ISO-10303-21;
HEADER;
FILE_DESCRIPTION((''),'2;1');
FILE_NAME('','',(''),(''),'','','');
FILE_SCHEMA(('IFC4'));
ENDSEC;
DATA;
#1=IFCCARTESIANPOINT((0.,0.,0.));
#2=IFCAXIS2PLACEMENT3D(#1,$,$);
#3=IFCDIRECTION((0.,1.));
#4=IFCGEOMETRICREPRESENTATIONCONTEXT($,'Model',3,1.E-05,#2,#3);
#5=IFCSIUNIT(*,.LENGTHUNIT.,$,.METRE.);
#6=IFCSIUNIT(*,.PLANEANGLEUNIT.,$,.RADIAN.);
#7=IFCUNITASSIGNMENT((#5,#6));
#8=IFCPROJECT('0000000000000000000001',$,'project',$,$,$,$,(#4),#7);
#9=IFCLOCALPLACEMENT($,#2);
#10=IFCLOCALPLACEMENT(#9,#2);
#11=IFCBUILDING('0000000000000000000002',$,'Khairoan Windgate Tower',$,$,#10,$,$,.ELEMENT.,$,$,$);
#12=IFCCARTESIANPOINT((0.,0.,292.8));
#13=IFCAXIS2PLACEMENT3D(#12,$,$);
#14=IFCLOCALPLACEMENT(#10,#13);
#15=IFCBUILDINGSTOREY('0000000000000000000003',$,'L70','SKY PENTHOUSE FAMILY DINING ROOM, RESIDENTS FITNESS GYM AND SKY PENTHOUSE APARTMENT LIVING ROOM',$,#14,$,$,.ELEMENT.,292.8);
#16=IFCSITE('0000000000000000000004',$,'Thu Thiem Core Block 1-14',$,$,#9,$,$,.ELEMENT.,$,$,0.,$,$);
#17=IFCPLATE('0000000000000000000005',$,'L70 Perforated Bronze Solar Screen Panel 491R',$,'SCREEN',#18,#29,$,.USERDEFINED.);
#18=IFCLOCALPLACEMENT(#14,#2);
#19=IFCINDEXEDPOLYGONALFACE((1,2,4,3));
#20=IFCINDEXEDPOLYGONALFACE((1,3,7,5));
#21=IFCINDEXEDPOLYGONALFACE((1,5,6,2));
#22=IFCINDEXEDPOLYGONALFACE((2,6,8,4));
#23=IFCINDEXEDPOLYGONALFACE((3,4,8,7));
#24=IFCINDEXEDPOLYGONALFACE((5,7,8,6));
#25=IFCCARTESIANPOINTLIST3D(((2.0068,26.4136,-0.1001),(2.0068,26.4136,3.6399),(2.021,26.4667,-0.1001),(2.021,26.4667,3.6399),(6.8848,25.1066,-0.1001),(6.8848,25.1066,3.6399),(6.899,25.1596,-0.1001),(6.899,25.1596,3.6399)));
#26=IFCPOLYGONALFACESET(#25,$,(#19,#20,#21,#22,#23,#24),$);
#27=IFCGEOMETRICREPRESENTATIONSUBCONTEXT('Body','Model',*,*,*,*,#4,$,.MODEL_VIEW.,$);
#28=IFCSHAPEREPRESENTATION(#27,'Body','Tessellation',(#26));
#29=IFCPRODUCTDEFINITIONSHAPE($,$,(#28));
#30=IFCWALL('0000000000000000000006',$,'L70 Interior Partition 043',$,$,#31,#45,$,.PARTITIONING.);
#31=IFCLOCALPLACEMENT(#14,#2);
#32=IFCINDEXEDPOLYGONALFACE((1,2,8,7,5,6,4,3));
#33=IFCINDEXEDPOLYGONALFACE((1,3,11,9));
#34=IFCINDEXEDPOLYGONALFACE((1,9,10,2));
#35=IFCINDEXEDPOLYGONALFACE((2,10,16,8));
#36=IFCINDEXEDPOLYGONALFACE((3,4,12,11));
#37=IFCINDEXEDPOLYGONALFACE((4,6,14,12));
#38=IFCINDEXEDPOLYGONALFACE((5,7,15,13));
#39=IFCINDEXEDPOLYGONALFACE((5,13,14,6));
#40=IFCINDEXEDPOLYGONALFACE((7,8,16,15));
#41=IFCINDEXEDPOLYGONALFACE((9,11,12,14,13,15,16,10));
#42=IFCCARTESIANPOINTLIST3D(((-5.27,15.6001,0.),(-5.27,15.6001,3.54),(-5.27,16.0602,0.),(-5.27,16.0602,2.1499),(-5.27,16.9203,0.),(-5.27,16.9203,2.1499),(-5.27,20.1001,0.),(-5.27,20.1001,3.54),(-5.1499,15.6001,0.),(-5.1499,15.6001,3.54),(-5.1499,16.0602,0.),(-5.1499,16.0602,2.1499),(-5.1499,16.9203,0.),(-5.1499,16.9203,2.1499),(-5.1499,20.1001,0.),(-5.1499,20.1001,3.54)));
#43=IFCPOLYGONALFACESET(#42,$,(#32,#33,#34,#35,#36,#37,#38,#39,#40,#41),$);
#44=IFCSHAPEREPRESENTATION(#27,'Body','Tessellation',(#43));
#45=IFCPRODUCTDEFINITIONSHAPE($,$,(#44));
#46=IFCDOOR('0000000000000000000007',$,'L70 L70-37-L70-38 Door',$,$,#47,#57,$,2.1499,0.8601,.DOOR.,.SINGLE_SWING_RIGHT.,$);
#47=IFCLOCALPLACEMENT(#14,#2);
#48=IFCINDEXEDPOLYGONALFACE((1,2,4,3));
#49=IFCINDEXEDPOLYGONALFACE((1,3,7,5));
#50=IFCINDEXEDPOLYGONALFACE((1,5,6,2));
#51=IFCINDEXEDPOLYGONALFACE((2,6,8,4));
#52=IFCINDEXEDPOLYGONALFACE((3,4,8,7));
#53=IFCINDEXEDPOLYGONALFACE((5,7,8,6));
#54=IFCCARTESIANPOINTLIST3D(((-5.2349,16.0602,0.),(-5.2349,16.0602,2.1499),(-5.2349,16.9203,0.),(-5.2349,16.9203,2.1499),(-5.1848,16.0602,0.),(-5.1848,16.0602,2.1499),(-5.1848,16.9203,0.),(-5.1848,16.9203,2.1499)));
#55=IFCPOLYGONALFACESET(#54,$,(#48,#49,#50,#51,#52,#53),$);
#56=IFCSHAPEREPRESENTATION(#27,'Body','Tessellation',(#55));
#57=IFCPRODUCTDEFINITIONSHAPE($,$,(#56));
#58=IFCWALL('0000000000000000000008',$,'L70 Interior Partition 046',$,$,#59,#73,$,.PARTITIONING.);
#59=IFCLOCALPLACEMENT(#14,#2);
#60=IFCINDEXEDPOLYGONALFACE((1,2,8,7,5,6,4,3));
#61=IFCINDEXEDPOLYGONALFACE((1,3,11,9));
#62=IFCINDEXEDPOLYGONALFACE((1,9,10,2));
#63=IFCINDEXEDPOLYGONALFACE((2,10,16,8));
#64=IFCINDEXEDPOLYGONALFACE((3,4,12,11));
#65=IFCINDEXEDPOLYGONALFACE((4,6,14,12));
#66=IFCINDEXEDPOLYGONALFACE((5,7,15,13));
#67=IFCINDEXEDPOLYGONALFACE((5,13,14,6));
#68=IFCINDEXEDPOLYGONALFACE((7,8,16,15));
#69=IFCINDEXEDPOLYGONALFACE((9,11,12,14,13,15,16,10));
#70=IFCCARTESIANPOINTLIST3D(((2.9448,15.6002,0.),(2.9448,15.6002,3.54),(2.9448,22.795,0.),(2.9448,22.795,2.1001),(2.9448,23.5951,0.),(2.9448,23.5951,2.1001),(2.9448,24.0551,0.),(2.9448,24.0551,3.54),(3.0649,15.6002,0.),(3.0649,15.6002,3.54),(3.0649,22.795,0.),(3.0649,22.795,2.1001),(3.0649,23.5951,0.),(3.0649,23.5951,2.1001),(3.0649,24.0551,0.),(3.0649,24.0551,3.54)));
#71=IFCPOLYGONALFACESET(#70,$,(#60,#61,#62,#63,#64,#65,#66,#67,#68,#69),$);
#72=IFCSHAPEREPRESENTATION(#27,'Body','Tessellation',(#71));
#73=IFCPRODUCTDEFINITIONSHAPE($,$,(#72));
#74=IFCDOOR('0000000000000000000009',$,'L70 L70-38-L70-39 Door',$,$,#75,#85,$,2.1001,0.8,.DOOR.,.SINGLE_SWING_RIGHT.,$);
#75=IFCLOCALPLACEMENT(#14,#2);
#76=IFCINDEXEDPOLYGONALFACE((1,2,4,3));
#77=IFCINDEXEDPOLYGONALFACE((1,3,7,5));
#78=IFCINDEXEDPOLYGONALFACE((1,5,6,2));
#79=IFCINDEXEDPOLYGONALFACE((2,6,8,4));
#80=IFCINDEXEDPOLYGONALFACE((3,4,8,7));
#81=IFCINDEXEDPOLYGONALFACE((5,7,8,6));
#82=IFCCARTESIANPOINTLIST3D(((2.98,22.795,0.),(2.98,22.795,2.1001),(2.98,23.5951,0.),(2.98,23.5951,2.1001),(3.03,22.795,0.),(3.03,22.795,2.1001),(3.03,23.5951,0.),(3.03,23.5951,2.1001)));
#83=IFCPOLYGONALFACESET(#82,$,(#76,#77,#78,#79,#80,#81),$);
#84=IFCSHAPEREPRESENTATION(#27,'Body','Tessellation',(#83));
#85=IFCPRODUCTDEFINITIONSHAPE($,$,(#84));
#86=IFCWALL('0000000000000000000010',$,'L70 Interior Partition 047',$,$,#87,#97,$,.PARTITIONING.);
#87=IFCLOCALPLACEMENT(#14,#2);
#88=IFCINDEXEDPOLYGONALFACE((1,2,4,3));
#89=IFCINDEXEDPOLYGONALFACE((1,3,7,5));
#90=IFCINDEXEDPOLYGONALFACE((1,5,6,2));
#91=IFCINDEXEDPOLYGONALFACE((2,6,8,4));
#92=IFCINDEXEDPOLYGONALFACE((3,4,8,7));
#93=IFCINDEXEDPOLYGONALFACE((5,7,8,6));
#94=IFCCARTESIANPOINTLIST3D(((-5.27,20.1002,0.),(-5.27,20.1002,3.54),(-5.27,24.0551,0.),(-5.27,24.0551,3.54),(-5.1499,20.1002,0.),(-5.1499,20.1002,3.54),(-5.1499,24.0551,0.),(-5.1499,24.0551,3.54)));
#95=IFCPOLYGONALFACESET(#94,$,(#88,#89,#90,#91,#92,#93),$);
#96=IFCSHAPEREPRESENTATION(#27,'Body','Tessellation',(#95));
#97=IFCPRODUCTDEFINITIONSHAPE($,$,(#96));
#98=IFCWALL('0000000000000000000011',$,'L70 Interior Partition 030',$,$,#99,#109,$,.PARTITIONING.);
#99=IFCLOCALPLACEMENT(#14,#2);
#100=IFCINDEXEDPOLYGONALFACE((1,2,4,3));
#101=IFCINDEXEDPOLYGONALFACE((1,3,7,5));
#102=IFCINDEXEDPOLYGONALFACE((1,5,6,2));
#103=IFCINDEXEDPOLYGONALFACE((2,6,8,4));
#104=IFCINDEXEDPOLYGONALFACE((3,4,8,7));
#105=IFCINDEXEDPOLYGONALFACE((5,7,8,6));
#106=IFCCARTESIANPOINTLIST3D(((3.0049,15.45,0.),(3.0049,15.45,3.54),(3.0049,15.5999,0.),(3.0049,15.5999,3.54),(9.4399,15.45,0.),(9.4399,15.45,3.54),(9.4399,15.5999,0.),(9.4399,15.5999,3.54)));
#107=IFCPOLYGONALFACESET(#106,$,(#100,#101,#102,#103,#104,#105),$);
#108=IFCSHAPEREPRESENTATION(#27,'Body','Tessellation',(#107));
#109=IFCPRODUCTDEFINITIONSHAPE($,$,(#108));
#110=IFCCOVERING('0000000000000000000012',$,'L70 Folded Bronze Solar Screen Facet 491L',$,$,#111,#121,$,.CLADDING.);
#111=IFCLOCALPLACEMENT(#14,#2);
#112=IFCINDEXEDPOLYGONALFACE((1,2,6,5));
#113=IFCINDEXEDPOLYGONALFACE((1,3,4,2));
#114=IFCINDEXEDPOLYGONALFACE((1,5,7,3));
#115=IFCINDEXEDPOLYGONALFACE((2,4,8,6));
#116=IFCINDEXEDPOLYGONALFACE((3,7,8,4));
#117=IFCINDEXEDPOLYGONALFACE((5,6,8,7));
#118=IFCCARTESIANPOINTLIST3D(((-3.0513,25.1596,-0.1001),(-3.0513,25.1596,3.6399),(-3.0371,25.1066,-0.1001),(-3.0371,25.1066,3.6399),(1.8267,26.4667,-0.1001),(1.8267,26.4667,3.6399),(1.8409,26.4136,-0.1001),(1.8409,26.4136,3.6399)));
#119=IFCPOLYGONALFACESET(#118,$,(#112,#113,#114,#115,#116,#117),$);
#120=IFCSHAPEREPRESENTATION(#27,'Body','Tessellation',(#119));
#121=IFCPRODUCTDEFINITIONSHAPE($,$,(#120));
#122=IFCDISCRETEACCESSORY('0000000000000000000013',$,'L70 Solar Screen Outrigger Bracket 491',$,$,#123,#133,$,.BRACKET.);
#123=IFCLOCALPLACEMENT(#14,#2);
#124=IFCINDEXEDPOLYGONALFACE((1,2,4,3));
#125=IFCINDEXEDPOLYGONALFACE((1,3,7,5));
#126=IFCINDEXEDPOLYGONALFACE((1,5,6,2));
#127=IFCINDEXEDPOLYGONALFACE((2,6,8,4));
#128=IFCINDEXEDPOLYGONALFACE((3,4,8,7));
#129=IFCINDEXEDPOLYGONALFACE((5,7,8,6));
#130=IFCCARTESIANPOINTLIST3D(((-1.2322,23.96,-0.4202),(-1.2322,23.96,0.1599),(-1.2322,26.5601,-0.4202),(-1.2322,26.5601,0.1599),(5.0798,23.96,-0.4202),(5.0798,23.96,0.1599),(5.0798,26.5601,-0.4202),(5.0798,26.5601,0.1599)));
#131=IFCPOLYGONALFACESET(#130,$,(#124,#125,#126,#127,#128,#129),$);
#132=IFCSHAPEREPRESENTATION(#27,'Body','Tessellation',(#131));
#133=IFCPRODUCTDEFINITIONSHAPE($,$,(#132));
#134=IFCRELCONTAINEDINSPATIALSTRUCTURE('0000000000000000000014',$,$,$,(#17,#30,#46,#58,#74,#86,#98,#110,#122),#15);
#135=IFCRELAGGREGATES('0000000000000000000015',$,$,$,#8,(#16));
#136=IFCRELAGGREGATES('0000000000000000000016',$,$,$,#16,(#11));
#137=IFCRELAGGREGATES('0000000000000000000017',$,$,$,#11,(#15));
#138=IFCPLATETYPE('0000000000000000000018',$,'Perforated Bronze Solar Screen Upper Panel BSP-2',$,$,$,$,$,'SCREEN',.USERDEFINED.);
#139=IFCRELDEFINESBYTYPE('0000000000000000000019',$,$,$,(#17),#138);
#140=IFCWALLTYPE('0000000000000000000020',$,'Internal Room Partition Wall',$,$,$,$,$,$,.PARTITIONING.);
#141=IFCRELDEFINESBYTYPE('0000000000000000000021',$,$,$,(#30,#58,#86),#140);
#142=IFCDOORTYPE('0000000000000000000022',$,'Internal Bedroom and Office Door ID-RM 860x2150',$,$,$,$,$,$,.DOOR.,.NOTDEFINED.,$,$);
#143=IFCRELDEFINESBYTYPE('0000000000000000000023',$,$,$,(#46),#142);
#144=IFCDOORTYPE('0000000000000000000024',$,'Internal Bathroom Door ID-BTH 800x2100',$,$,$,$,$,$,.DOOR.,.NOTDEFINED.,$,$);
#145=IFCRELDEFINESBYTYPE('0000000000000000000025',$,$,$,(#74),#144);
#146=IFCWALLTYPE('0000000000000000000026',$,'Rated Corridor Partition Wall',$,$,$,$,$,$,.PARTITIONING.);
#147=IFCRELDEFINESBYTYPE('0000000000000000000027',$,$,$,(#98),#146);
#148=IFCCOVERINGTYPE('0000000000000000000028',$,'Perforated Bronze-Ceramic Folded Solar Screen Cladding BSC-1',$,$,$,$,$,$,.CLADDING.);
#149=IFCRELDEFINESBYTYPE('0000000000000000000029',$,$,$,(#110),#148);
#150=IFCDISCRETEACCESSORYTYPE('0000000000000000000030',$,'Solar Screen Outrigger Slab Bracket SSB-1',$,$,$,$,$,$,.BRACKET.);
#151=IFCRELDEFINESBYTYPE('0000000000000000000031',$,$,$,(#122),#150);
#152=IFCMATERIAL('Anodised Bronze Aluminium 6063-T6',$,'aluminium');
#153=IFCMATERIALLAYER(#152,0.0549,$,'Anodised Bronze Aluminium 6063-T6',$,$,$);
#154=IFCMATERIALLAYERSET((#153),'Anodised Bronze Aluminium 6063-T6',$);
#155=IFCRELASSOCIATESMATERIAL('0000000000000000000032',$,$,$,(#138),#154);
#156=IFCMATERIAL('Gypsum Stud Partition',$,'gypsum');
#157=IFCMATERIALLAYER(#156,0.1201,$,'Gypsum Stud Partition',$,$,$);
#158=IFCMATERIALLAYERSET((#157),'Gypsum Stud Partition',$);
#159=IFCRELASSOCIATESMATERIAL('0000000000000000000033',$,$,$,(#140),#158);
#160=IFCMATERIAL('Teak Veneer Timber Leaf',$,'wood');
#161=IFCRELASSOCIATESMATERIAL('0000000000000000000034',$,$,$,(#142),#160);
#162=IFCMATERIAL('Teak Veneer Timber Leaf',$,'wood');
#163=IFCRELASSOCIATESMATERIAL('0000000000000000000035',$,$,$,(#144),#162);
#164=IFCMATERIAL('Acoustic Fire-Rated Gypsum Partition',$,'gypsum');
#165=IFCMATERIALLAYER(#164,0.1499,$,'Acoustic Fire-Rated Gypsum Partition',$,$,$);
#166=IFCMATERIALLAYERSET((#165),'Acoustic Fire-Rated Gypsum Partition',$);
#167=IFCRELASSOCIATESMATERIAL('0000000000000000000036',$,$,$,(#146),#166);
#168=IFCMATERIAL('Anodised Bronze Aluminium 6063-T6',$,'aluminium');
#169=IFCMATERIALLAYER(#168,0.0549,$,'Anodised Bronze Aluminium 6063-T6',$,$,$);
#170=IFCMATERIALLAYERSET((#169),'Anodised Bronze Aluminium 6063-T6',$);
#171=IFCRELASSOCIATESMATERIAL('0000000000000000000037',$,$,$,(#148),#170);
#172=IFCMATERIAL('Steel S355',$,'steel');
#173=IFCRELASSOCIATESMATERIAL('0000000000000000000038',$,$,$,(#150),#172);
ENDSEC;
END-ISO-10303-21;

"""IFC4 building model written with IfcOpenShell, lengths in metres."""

from ifc_helpers import new_model, si_unit, direction, frame, frame_2d, origin, origin_2d, place, context, subcontext, project, spatial, rectangle, extrude, material, layer, layer_set, type_object, element, fill, save


model = new_model("IFC4")

# Units and contexts
model_context = context("Model", 3, precision=1e-05, world=origin(), true_north=direction((0.0, 1.0)))
body_context = subcontext(model_context, "Body", "Model", "MODEL_VIEW")
ifc_project = project(units=[si_unit("LENGTHUNIT", "METRE"), si_unit("PLANEANGLEUNIT", "RADIAN")], contexts=[model_context])

# Site, building, storey
site_placement = place(None, origin())
site = spatial("IfcSite", under=ifc_project, at=site_placement, Name="Thu Thiem Core Block 1-14", CompositionType="ELEMENT", RefElevation=0.0)
building_placement = place(site_placement, origin())
building = spatial("IfcBuilding", under=site, at=building_placement, Name="Khairoan Windgate Tower", CompositionType="ELEMENT")
storey_placement = place(building_placement, frame((0.0, 0.0, 292.8)))
storey = spatial("IfcBuildingStorey", under=building, at=storey_placement, Name="L70", Description="SKY PENTHOUSE FAMILY DINING ROOM, RESIDENTS FITNESS GYM AND SKY PENTHOUSE APARTMENT LIVING ROOM", CompositionType="ELEMENT", Elevation=292.8)

# Plate
ifc_material_1 = material(Name="Anodised Bronze Aluminium 6063-T6", Category="aluminium")
ifc_layer_1 = layer(ifc_material_1, 0.0549, Name="Anodised Bronze Aluminium 6063-T6")
ifc_layer_set_1 = layer_set([ifc_layer_1], Name="Anodised Bronze Aluminium 6063-T6")
plate_type_1 = type_object("IfcPlateType", Name="Perforated Bronze Solar Screen Upper Panel BSP-2", ElementType="SCREEN", PredefinedType="USERDEFINED", material=ifc_layer_set_1)
for number, where, z_axis, x_axis, name in (
    (1, (4.4529, 25.7866, -0.1001), (0.0, 0.0, 1.0), (0.965926, -0.258819, 0.0), "L70 Perforated Bronze Solar Screen Panel 491R"),
):
    element("IfcPlate", number, at=place(storey_placement, frame(where, z_axis=z_axis, x_axis=x_axis)), inside=storey, type_object=plate_type_1, Name=name, ObjectType="SCREEN", PredefinedType="USERDEFINED", context=body_context, shape_type="SweptSolid", body=[
        extrude(rectangle(XDim=5.05, YDim=0.0549, at=origin_2d()), origin(), (0.0, 0.0, 1.0), 3.74),
    ])

# Walls, openings, doors
ifc_material_2 = material(Name="Gypsum Stud Partition", Category="gypsum")
ifc_layer_2 = layer(ifc_material_2, 0.1201, Name="Gypsum Stud Partition")
ifc_layer_set_2 = layer_set([ifc_layer_2], Name="Gypsum Stud Partition")
wall_type_1 = type_object("IfcWallType", Name="Internal Room Partition Wall", PredefinedType="PARTITIONING", material=ifc_layer_set_2)
wall_1_placement = place(storey_placement, frame((-5.21, 15.6001, 0.0), z_axis=(0.0, 0.0, 1.0), x_axis=(0.0, 1.0, 0.0)))
wall_1 = element("IfcWall", 2, at=wall_1_placement, inside=storey, type_object=wall_type_1, Name="L70 Interior Partition 043", PredefinedType="PARTITIONING", context=body_context, shape_type="SweptSolid", body=[
    extrude(rectangle(XDim=4.5, YDim=0.1201, at=frame_2d((2.25, 0.0))), origin(), (0.0, 0.0, 1.0), 3.54),
])
opening_1_placement = place(wall_1_placement, frame((0.46, 0.0, 0.0)))
opening_1 = element("IfcOpeningElement", 3, at=opening_1_placement, cuts=wall_1, PredefinedType="OPENING", context=body_context, shape_type="SweptSolid", body=[
    extrude(rectangle(XDim=0.8601, YDim=2.1499, at=frame_2d((0.4302, 1.075))), frame((0.0, 0.0701, 0.0), z_axis=(0.0, -1.0, 0.0), x_axis=(1.0, 0.0, 0.0)), (0.0, 0.0, 1.0), 0.1401),
])
ifc_material_3 = material(Name="Teak Veneer Timber Leaf", Category="wood")
door_type_1 = type_object("IfcDoorType", Name="Internal Bedroom and Office Door ID-RM 860x2150", OperationType="NOTDEFINED", PredefinedType="DOOR", material=ifc_material_3)
door_1_placement = place(opening_1_placement, origin())
door_1 = element("IfcDoor", 4, at=door_1_placement, inside=storey, type_object=door_type_1, Name="L70 L70-37-L70-38 Door", OperationType="SINGLE_SWING_RIGHT", OverallHeight=2.1499, OverallWidth=0.8601, PredefinedType="DOOR", context=body_context, shape_type="SweptSolid", body=[
    extrude(rectangle(XDim=0.8601, YDim=2.1499, at=frame_2d((0.4302, 1.075))), frame((0.0, 0.0249, 0.0), z_axis=(0.0, -1.0, 0.0), x_axis=(1.0, 0.0, 0.0)), (0.0, 0.0, 1.0), 0.05),
])
fill(opening_1, door_1)
wall_2_placement = place(storey_placement, frame((3.0049, 15.6001, 0.0), z_axis=(0.0, 0.0, 1.0), x_axis=(0.0, 1.0, 0.0)))
wall_2 = element("IfcWall", 5, at=wall_2_placement, inside=storey, type_object=wall_type_1, Name="L70 Interior Partition 046", PredefinedType="PARTITIONING", context=body_context, shape_type="SweptSolid", body=[
    extrude(rectangle(XDim=8.4548, YDim=0.1201, at=frame_2d((4.2275, 0.0))), origin(), (0.0, 0.0, 1.0), 3.54),
])
opening_2_placement = place(wall_2_placement, frame((7.1951, 0.0, 0.0)))
opening_2 = element("IfcOpeningElement", 6, at=opening_2_placement, cuts=wall_2, PredefinedType="OPENING", context=body_context, shape_type="SweptSolid", body=[
    extrude(rectangle(XDim=0.8, YDim=2.1001, at=frame_2d((0.3999, 1.05))), frame((0.0, 0.0701, 0.0), z_axis=(0.0, -1.0, 0.0), x_axis=(1.0, 0.0, 0.0)), (0.0, 0.0, 1.0), 0.1401),
])
ifc_material_4 = material(Name="Teak Veneer Timber Leaf", Category="wood")
door_type_2 = type_object("IfcDoorType", Name="Internal Bathroom Door ID-BTH 800x2100", OperationType="NOTDEFINED", PredefinedType="DOOR", material=ifc_material_4)
door_2_placement = place(opening_2_placement, origin())
door_2 = element("IfcDoor", 7, at=door_2_placement, inside=storey, type_object=door_type_2, Name="L70 L70-38-L70-39 Door", OperationType="SINGLE_SWING_RIGHT", OverallHeight=2.1001, OverallWidth=0.8, PredefinedType="DOOR", context=body_context, shape_type="SweptSolid", body=[
    extrude(rectangle(XDim=0.8, YDim=2.1001, at=frame_2d((0.3999, 1.05))), frame((0.0, 0.0249, 0.0), z_axis=(0.0, -1.0, 0.0), x_axis=(1.0, 0.0, 0.0)), (0.0, 0.0, 1.0), 0.05),
])
fill(opening_2, door_2)

# Walls
wall_3_placement = place(storey_placement, frame((-5.21, 20.1001, 0.0), z_axis=(0.0, 0.0, 1.0), x_axis=(0.0, 1.0, 0.0)))
element("IfcWall", 8, at=wall_3_placement, inside=storey, type_object=wall_type_1, Name="L70 Interior Partition 047", PredefinedType="PARTITIONING", context=body_context, shape_type="SweptSolid", body=[
    extrude(rectangle(XDim=3.9548, YDim=0.1201, at=frame_2d((1.9775, 0.0))), origin(), (0.0, 0.0, 1.0), 3.54),
])
ifc_material_5 = material(Name="Acoustic Fire-Rated Gypsum Partition", Category="gypsum")
ifc_layer_3 = layer(ifc_material_5, 0.1499, Name="Acoustic Fire-Rated Gypsum Partition")
ifc_layer_set_3 = layer_set([ifc_layer_3], Name="Acoustic Fire-Rated Gypsum Partition")
wall_type_2 = type_object("IfcWallType", Name="Rated Corridor Partition Wall", PredefinedType="PARTITIONING", material=ifc_layer_set_3)
wall_4_placement = place(storey_placement, frame((3.0049, 15.5249, 0.0), z_axis=(0.0, 0.0, 1.0), x_axis=(1.0, 0.0, 0.0)))
element("IfcWall", 9, at=wall_4_placement, inside=storey, type_object=wall_type_2, Name="L70 Interior Partition 030", PredefinedType="PARTITIONING", context=body_context, shape_type="SweptSolid", body=[
    extrude(rectangle(XDim=6.4351, YDim=0.1499, at=frame_2d((3.2175, 0.0))), origin(), (0.0, 0.0, 1.0), 3.54),
])

# Covering
ifc_material_6 = material(Name="Anodised Bronze Aluminium 6063-T6", Category="aluminium")
ifc_layer_4 = layer(ifc_material_6, 0.0549, Name="Anodised Bronze Aluminium 6063-T6")
ifc_layer_set_4 = layer_set([ifc_layer_4], Name="Anodised Bronze Aluminium 6063-T6")
covering_type = type_object("IfcCoveringType", Name="Perforated Bronze-Ceramic Folded Solar Screen Cladding BSC-1", PredefinedType="CLADDING", material=ifc_layer_set_4)
covering_placement = place(storey_placement, frame((-0.6052, 25.7866, -0.1001), z_axis=(0.0, 0.0, 1.0), x_axis=(0.965926, 0.258819, 0.0)))
element("IfcCovering", 10, at=covering_placement, inside=storey, type_object=covering_type, Name="L70 Folded Bronze Solar Screen Facet 491L", PredefinedType="CLADDING", context=body_context, shape_type="SweptSolid", body=[
    extrude(rectangle(XDim=5.05, YDim=0.0549, at=origin_2d()), origin(), (0.0, 0.0, 1.0), 3.74),
])

# Discrete accessory
ifc_material_7 = material(Name="Steel S355", Category="steel")
discrete_accessory_type = type_object("IfcDiscreteAccessoryType", Name="Solar Screen Outrigger Slab Bracket SSB-1", PredefinedType="BRACKET", material=ifc_material_7)
discrete_accessory_placement = place(storey_placement, frame((1.9238, 25.26, -0.4202), z_axis=(0.0, 0.0, 1.0), x_axis=(1.0, 0.0, 0.0)))
element("IfcDiscreteAccessory", 11, at=discrete_accessory_placement, inside=storey, type_object=discrete_accessory_type, Name="L70 Solar Screen Outrigger Bracket 491", PredefinedType="BRACKET", context=body_context, shape_type="SweptSolid", body=[
    extrude(rectangle(XDim=6.312, YDim=2.6001, at=origin_2d()), origin(), (0.0, 0.0, 1.0), 0.5801),
])

save(model, "model.ifc")
